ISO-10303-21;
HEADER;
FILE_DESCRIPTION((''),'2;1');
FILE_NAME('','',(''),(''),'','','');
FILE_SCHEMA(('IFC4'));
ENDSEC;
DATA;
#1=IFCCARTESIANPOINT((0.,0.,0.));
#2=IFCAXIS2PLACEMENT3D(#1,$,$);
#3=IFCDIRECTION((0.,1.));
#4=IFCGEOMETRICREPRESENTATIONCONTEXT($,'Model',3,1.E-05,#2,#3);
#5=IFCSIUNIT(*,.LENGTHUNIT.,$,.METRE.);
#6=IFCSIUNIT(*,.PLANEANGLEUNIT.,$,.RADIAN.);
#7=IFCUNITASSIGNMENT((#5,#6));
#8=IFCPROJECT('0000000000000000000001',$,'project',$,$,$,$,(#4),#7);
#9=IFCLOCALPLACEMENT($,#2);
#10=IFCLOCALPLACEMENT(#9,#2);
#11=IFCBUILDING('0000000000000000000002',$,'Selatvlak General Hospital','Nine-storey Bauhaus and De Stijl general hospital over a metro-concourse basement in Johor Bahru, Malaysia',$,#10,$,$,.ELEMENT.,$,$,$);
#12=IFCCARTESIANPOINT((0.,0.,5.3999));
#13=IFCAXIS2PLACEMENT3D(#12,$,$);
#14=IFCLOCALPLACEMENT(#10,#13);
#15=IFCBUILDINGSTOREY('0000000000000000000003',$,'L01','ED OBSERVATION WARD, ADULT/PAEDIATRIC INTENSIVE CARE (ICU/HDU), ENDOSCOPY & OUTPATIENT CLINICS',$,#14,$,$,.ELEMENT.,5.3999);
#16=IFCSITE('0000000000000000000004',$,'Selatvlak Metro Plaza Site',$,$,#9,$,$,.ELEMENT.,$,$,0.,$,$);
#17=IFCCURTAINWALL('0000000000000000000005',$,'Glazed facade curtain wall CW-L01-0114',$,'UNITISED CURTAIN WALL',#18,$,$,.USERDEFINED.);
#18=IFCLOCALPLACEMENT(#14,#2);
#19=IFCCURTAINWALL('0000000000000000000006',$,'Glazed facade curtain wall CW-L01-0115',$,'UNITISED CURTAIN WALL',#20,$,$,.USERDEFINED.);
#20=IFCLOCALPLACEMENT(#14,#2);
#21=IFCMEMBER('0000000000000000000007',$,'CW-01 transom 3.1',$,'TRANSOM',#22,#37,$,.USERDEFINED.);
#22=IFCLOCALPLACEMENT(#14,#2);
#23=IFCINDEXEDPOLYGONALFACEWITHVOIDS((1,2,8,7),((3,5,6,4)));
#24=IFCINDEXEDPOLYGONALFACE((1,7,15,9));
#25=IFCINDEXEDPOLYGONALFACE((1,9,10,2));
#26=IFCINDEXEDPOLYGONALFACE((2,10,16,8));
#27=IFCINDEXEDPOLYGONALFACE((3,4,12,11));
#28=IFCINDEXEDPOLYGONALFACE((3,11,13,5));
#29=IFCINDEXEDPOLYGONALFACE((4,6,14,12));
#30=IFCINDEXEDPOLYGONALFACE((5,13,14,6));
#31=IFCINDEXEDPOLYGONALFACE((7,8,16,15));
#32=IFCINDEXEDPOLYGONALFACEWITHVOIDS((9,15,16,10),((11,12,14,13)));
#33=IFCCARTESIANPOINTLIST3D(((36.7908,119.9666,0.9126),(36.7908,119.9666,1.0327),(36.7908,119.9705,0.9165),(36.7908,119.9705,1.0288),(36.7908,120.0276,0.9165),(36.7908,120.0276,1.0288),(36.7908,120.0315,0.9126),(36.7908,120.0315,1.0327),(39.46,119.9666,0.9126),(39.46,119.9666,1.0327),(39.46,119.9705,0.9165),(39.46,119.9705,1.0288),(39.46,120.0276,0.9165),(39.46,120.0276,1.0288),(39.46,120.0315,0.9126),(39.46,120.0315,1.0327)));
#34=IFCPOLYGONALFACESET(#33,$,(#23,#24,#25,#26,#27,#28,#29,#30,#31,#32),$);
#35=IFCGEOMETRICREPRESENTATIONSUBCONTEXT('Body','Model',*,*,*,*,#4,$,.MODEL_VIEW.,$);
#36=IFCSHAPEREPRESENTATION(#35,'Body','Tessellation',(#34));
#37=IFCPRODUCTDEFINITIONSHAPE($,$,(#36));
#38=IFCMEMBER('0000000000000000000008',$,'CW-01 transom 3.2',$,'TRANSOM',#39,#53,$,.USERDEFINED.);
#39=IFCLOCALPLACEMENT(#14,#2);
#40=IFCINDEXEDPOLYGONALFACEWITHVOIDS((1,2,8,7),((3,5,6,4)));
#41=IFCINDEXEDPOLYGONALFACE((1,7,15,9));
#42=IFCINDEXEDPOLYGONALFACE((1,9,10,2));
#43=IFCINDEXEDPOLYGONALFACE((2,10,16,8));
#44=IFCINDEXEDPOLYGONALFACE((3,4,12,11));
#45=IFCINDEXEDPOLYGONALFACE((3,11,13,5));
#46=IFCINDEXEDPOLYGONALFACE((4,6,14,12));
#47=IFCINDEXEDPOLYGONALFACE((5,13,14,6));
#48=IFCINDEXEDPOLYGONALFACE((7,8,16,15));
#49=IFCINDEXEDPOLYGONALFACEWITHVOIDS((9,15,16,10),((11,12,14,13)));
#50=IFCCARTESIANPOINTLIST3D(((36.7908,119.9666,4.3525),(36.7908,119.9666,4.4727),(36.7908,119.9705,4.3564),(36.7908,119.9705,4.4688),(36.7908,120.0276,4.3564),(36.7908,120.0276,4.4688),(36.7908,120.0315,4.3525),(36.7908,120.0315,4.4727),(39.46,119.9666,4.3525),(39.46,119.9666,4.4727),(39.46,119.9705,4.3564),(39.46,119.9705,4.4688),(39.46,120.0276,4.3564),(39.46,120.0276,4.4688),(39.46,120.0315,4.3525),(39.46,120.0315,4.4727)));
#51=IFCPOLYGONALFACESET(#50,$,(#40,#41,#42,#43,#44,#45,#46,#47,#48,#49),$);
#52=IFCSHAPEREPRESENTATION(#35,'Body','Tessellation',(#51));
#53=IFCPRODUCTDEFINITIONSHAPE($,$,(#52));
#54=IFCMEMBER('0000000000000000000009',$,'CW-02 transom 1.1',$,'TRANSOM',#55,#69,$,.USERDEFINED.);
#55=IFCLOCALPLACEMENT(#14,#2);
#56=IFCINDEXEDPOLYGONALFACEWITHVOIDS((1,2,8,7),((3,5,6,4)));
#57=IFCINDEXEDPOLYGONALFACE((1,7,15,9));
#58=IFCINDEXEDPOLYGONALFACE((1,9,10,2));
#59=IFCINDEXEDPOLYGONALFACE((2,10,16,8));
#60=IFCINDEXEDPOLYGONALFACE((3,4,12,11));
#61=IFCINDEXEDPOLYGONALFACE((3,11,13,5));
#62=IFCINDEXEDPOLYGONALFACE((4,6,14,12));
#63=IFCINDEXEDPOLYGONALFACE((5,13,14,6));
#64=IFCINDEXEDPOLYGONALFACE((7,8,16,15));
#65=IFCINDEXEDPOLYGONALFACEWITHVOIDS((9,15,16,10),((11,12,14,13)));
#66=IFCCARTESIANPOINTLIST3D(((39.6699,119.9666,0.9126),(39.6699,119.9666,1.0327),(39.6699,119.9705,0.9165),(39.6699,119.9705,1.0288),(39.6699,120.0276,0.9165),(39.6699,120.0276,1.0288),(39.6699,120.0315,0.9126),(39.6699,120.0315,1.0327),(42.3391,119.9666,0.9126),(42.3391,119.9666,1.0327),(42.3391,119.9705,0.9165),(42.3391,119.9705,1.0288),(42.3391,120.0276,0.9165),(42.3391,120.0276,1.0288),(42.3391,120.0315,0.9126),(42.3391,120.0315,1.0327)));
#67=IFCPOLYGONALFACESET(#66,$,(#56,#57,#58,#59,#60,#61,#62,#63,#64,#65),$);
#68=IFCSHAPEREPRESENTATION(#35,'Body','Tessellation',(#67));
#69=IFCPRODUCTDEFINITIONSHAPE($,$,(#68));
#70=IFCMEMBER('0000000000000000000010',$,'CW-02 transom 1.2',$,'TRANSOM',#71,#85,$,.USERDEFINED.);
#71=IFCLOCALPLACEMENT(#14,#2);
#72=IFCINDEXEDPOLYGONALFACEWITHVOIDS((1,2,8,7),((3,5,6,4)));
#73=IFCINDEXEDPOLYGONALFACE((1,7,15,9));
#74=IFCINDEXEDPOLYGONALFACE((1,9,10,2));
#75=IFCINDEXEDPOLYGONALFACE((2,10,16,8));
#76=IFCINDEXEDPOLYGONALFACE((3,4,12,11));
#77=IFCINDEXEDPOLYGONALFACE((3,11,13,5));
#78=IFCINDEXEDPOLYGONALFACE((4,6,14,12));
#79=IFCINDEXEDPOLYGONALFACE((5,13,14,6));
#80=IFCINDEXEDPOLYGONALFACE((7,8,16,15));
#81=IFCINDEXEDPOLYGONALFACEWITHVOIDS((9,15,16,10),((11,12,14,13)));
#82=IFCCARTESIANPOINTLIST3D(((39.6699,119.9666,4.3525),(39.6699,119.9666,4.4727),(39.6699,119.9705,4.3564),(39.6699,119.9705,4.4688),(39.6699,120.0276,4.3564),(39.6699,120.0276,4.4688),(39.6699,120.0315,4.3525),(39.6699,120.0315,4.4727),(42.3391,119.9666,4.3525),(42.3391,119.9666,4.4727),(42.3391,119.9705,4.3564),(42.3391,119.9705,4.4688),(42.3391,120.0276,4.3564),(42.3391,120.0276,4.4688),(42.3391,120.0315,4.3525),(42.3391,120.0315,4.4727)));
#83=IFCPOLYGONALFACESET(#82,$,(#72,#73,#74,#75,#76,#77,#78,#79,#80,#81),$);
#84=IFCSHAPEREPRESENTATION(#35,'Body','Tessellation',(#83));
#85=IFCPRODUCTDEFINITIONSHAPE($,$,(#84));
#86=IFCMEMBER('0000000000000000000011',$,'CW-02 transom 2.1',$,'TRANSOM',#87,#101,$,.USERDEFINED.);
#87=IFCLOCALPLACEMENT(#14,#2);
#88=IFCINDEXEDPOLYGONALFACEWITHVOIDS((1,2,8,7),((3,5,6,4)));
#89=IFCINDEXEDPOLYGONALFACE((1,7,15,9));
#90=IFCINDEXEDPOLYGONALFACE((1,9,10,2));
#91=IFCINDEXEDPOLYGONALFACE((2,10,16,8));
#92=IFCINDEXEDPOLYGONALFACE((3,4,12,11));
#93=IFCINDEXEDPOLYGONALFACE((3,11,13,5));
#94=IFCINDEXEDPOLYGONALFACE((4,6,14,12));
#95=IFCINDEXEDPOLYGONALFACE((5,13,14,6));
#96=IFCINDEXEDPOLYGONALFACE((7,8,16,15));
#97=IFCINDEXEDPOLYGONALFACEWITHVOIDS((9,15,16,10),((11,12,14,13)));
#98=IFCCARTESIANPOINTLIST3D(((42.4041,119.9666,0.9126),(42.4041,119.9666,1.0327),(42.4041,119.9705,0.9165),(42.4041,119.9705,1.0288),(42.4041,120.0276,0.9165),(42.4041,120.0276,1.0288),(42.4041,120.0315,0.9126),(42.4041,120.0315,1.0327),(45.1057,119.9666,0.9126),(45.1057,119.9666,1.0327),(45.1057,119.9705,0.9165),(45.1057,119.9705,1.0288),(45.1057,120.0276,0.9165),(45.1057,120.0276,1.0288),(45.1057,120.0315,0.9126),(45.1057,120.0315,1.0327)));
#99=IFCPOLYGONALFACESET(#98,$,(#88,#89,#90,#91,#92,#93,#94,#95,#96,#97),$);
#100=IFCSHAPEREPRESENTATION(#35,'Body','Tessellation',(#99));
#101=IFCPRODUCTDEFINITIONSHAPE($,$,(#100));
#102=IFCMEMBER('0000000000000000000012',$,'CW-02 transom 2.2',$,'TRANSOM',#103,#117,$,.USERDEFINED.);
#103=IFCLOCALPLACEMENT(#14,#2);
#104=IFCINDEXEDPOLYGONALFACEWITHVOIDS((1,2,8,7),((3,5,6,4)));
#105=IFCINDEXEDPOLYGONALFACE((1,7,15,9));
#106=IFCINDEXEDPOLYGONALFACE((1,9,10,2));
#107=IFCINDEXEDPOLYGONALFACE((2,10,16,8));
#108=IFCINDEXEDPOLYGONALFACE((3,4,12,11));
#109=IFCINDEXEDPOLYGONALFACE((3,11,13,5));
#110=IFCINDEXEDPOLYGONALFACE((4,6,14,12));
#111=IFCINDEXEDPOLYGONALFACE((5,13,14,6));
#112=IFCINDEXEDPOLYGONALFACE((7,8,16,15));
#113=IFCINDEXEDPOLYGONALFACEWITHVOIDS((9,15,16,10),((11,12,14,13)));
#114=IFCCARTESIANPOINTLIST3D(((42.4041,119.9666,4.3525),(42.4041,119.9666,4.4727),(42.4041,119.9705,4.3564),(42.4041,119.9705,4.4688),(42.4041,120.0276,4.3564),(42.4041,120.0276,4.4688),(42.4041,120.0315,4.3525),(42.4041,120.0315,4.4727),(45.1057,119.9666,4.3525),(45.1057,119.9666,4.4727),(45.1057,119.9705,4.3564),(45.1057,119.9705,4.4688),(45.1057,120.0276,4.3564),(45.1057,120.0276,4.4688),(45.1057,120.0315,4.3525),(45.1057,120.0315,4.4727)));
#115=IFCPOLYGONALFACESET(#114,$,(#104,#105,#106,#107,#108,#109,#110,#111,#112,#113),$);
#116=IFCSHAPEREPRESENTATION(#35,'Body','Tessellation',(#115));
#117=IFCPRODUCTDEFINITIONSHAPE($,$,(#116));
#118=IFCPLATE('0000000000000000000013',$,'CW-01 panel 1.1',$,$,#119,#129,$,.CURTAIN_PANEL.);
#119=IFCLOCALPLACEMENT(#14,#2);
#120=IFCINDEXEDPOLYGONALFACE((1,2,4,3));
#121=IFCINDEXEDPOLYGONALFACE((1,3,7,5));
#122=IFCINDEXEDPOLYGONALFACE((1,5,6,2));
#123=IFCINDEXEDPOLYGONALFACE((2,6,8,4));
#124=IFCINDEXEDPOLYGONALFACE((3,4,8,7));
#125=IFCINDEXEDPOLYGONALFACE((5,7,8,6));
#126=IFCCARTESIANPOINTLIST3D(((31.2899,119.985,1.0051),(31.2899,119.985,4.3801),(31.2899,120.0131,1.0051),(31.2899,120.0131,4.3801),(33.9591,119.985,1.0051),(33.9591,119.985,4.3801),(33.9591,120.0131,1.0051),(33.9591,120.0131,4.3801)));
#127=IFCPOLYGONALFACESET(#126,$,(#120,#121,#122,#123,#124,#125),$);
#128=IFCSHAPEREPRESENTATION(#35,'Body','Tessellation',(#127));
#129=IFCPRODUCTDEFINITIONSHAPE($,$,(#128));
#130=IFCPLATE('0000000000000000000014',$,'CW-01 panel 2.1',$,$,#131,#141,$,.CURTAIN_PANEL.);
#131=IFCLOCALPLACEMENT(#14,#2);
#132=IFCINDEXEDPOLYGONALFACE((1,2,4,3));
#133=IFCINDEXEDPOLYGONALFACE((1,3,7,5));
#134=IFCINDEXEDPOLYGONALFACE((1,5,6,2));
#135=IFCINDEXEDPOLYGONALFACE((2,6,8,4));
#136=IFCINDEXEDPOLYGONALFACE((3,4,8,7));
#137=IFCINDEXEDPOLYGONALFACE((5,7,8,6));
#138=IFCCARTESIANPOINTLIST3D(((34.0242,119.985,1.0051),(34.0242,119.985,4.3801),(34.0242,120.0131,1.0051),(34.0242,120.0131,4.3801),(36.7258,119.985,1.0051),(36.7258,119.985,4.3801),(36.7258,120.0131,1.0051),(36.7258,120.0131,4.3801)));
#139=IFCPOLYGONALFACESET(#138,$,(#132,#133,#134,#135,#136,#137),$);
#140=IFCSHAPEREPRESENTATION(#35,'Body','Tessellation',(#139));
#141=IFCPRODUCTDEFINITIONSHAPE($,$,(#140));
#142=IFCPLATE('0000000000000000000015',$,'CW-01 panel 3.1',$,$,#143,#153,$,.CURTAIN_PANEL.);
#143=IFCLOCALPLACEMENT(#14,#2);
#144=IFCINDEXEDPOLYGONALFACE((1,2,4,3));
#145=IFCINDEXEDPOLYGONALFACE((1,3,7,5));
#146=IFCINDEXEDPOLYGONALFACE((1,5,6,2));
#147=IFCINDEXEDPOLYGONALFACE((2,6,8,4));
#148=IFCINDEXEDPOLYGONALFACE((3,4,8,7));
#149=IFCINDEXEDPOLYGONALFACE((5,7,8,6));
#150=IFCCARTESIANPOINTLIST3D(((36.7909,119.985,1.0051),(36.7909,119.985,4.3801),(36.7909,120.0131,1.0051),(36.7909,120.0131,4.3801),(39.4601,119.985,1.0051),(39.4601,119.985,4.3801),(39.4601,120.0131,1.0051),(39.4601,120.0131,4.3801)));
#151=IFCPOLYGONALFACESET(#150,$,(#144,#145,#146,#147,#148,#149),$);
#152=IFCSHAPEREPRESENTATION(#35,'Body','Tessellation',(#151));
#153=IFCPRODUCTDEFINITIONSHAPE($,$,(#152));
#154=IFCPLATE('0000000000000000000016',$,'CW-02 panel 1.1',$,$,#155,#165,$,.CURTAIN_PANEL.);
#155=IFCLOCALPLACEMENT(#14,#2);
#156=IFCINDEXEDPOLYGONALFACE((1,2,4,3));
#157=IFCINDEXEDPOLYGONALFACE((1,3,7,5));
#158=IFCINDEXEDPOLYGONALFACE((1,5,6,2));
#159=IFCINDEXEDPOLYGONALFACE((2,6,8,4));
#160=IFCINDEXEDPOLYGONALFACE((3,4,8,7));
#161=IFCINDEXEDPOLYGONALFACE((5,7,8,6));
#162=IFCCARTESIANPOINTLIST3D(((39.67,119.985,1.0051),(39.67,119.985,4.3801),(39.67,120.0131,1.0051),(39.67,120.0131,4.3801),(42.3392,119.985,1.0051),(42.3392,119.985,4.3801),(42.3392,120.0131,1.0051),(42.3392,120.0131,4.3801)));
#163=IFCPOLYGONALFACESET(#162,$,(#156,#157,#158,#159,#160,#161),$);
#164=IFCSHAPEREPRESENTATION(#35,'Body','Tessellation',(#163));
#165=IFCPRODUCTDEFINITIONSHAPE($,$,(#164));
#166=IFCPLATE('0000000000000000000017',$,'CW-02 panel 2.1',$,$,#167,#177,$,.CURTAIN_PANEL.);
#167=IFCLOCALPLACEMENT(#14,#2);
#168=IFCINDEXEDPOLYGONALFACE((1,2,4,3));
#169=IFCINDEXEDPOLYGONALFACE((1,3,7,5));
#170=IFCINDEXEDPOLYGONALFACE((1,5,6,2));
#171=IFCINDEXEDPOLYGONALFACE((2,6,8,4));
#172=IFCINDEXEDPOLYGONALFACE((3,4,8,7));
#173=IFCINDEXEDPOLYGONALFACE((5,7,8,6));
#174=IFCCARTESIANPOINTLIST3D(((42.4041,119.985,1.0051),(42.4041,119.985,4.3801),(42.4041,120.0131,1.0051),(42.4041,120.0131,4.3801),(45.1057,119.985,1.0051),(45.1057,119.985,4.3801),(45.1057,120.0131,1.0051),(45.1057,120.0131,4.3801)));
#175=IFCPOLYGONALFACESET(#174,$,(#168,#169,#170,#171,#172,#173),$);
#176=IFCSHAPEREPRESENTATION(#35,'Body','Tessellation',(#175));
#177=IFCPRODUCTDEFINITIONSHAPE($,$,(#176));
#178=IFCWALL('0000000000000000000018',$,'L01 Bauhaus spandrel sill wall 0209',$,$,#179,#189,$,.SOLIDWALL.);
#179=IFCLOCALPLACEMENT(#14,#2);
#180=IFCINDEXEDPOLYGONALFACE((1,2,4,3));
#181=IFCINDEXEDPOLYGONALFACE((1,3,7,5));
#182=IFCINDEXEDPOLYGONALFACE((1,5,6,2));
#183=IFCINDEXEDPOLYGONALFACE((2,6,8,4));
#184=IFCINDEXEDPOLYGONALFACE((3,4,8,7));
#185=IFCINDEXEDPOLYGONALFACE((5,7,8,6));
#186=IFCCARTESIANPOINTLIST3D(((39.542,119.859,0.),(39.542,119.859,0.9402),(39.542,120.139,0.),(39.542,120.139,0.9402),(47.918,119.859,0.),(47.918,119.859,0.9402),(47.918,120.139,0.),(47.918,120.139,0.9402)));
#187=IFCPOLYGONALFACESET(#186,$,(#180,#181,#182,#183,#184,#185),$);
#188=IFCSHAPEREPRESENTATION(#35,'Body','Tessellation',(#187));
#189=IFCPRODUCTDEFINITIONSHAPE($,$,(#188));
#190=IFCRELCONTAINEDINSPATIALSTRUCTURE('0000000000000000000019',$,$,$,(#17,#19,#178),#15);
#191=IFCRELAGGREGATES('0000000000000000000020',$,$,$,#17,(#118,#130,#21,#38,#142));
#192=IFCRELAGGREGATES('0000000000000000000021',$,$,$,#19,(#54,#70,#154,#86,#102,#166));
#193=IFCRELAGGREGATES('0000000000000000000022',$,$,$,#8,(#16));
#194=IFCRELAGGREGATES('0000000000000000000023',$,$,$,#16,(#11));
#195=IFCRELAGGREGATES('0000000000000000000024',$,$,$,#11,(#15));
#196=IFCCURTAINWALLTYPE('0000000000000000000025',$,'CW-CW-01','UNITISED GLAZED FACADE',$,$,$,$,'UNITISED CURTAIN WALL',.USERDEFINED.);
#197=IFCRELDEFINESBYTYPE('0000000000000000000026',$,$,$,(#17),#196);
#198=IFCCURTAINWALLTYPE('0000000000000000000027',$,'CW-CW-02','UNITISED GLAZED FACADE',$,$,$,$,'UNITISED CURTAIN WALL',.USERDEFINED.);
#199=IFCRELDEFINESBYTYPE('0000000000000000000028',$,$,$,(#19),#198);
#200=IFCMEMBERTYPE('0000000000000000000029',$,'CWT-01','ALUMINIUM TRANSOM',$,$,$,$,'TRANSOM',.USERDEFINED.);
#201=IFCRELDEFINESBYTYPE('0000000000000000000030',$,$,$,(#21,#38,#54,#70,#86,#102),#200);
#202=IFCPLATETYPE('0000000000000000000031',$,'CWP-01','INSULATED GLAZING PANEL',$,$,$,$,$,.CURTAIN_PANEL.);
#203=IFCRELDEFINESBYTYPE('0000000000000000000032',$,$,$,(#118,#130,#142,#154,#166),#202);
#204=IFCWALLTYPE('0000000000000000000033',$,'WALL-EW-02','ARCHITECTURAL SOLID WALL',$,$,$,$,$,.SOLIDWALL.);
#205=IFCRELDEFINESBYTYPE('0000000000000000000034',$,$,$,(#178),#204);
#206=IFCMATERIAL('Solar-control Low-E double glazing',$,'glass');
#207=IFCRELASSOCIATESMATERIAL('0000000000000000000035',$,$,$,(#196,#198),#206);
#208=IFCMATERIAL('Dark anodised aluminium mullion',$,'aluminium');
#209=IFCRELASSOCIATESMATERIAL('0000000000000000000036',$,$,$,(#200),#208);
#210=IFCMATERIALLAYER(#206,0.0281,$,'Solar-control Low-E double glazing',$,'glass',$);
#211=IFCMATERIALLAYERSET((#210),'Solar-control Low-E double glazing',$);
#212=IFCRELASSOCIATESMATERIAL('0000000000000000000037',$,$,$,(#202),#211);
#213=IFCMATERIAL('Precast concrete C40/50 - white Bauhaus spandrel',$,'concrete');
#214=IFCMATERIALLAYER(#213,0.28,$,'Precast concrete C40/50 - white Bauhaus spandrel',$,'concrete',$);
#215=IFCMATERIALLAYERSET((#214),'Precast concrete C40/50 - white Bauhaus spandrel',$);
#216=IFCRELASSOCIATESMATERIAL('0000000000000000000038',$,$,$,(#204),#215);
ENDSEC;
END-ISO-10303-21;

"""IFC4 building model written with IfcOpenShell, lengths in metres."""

from ifc_helpers import new_model, si_unit, direction, frame, frame_2d, origin, origin_2d, place, context, subcontext, project, spatial, rectangle, hollow_rectangle, extrude, material, layer, layer_set, material_profile, profile_set, type_object, element, aggregate, save


model = new_model("IFC4")

# Units and contexts
model_context = context("Model", 3, precision=1e-05, world=origin(), true_north=direction((0.0, 1.0)))
body_context = subcontext(model_context, "Body", "Model", "MODEL_VIEW")
ifc_project = project(units=[si_unit("LENGTHUNIT", "METRE"), si_unit("PLANEANGLEUNIT", "RADIAN")], contexts=[model_context])

# Site, building, storey
site_placement = place(None, origin())
site = spatial("IfcSite", under=ifc_project, at=site_placement, Name="Selatvlak Metro Plaza Site", CompositionType="ELEMENT", RefElevation=0.0)
building_placement = place(site_placement, origin())
building = spatial("IfcBuilding", under=site, at=building_placement, Name="Selatvlak General Hospital", Description="Nine-storey Bauhaus and De Stijl general hospital over a metro-concourse basement in Johor Bahru, Malaysia", CompositionType="ELEMENT")
storey_placement = place(building_placement, frame((0.0, 0.0, 5.3999)))
storey = spatial("IfcBuildingStorey", under=building, at=storey_placement, Name="L01", Description="ED OBSERVATION WARD, ADULT/PAEDIATRIC INTENSIVE CARE (ICU/HDU), ENDOSCOPY & OUTPATIENT CLINICS", CompositionType="ELEMENT", Elevation=5.3999)

# Curtain walls
ifc_material_1 = material(Name="Solar-control Low-E double glazing", Category="glass")
curtain_wall_type_1 = type_object("IfcCurtainWallType", Name="CW-CW-01", Description="UNITISED GLAZED FACADE", ElementType="UNITISED CURTAIN WALL", PredefinedType="USERDEFINED", material=ifc_material_1)
curtain_wall_1_placement = place(storey_placement, origin())
curtain_wall_1 = element("IfcCurtainWall", 1, at=curtain_wall_1_placement, inside=storey, type_object=curtain_wall_type_1, Name="Glazed facade curtain wall CW-L01-0114", ObjectType="UNITISED CURTAIN WALL", PredefinedType="USERDEFINED")
ifc_material_2 = material(Name="Dark anodised aluminium mullion", Category="aluminium")
curtain_wall_type_2 = type_object("IfcCurtainWallType", Name="CW-CW-02", Description="UNITISED GLAZED FACADE", ElementType="UNITISED CURTAIN WALL", PredefinedType="USERDEFINED", material=ifc_material_1)
curtain_wall_2_placement = place(storey_placement, origin())
curtain_wall_2 = element("IfcCurtainWall", 2, at=curtain_wall_2_placement, inside=storey, type_object=curtain_wall_type_2, Name="Glazed facade curtain wall CW-L01-0115", ObjectType="UNITISED CURTAIN WALL", PredefinedType="USERDEFINED")

# Members
ifc_material_profile_1 = material_profile(ifc_material_2, hollow_rectangle(XDim=0.0649, YDim=0.1201, WallThickness=0.0039, at=origin_2d()), Name="AL-TRN 65x120x4")
ifc_profile_set_1 = profile_set([ifc_material_profile_1], Name="Dark anodised aluminium mullion")
member_type_1 = type_object("IfcMemberType", Name="CWT-01", Description="ALUMINIUM TRANSOM", ElementType="TRANSOM", PredefinedType="USERDEFINED", material=ifc_profile_set_1)
member_1_placement = place(storey_placement, frame((36.7908, 119.999, 0.9727), z_axis=(1.0, 0.0, 0.0), x_axis=(0.0, 1.0, 0.0)))
member_1 = element("IfcMember", 3, at=member_1_placement, type_object=member_type_1, Name="CW-01 transom 3.1", ObjectType="TRANSOM", PredefinedType="USERDEFINED", context=body_context, shape_type="SweptSolid", body=[
    extrude(hollow_rectangle(XDim=0.0649, YDim=0.1201, WallThickness=0.0039, at=origin_2d()), origin(), (0.0, 0.0, 1.0), 2.6692),
])
member_2_placement = place(storey_placement, frame((36.7908, 119.999, 4.4126), z_axis=(1.0, 0.0, 0.0), x_axis=(0.0, 1.0, 0.0)))
member_2 = element("IfcMember", 4, at=member_2_placement, type_object=member_type_1, Name="CW-01 transom 3.2", ObjectType="TRANSOM", PredefinedType="USERDEFINED", context=body_context, shape_type="SweptSolid", body=[
    extrude(hollow_rectangle(XDim=0.0649, YDim=0.1201, WallThickness=0.0039, at=origin_2d()), origin(), (0.0, 0.0, 1.0), 2.6692),
])
member_3_placement = place(storey_placement, frame((39.6699, 119.999, 0.9727), z_axis=(1.0, 0.0, 0.0), x_axis=(0.0, 1.0, 0.0)))
member_3 = element("IfcMember", 5, at=member_3_placement, type_object=member_type_1, Name="CW-02 transom 1.1", ObjectType="TRANSOM", PredefinedType="USERDEFINED", context=body_context, shape_type="SweptSolid", body=[
    extrude(hollow_rectangle(XDim=0.0649, YDim=0.1201, WallThickness=0.0039, at=origin_2d()), origin(), (0.0, 0.0, 1.0), 2.6692),
])
member_4_placement = place(storey_placement, frame((39.6699, 119.999, 4.4126), z_axis=(1.0, 0.0, 0.0), x_axis=(0.0, 1.0, 0.0)))
member_4 = element("IfcMember", 6, at=member_4_placement, type_object=member_type_1, Name="CW-02 transom 1.2", ObjectType="TRANSOM", PredefinedType="USERDEFINED", context=body_context, shape_type="SweptSolid", body=[
    extrude(hollow_rectangle(XDim=0.0649, YDim=0.1201, WallThickness=0.0039, at=origin_2d()), origin(), (0.0, 0.0, 1.0), 2.6692),
])
member_5_placement = place(storey_placement, frame((42.4041, 119.999, 0.9727), z_axis=(1.0, 0.0, 0.0), x_axis=(0.0, 1.0, 0.0)))
member_5 = element("IfcMember", 7, at=member_5_placement, type_object=member_type_1, Name="CW-02 transom 2.1", ObjectType="TRANSOM", PredefinedType="USERDEFINED", context=body_context, shape_type="SweptSolid", body=[
    extrude(hollow_rectangle(XDim=0.0649, YDim=0.1201, WallThickness=0.0039, at=origin_2d()), origin(), (0.0, 0.0, 1.0), 2.7017),
])
member_6_placement = place(storey_placement, frame((42.4041, 119.999, 4.4126), z_axis=(1.0, 0.0, 0.0), x_axis=(0.0, 1.0, 0.0)))
member_6 = element("IfcMember", 8, at=member_6_placement, type_object=member_type_1, Name="CW-02 transom 2.2", ObjectType="TRANSOM", PredefinedType="USERDEFINED", context=body_context, shape_type="SweptSolid", body=[
    extrude(hollow_rectangle(XDim=0.0649, YDim=0.1201, WallThickness=0.0039, at=origin_2d()), origin(), (0.0, 0.0, 1.0), 2.7017),
])

# Plates
ifc_layer_1 = layer(ifc_material_1, 0.0281, Name="Solar-control Low-E double glazing", Category="glass")
ifc_layer_set_1 = layer_set([ifc_layer_1], Name="Solar-control Low-E double glazing")
plate_type = type_object("IfcPlateType", Name="CWP-01", Description="INSULATED GLAZING PANEL", PredefinedType="CURTAIN_PANEL", material=ifc_layer_set_1)
plate_1_placement = place(storey_placement, frame((32.6245, 119.999, 1.0051), z_axis=(0.0, 0.0, 1.0), x_axis=(1.0, 0.0, 0.0)))
plate_1 = element("IfcPlate", 9, at=plate_1_placement, type_object=plate_type, Name="CW-01 panel 1.1", PredefinedType="CURTAIN_PANEL", context=body_context, shape_type="SweptSolid", body=[
    extrude(rectangle(XDim=2.6692, YDim=0.0281, at=origin_2d()), origin(), (0.0, 0.0, 1.0), 3.375),
])
plate_2_placement = place(storey_placement, frame((35.375, 119.999, 1.0051), z_axis=(0.0, 0.0, 1.0), x_axis=(1.0, 0.0, 0.0)))
plate_2 = element("IfcPlate", 10, at=plate_2_placement, type_object=plate_type, Name="CW-01 panel 2.1", PredefinedType="CURTAIN_PANEL", context=body_context, shape_type="SweptSolid", body=[
    extrude(rectangle(XDim=2.7017, YDim=0.0281, at=origin_2d()), origin(), (0.0, 0.0, 1.0), 3.375),
])
plate_3_placement = place(storey_placement, frame((38.1255, 119.999, 1.0051), z_axis=(0.0, 0.0, 1.0), x_axis=(1.0, 0.0, 0.0)))
plate_3 = element("IfcPlate", 11, at=plate_3_placement, type_object=plate_type, Name="CW-01 panel 3.1", PredefinedType="CURTAIN_PANEL", context=body_context, shape_type="SweptSolid", body=[
    extrude(rectangle(XDim=2.6692, YDim=0.0281, at=origin_2d()), origin(), (0.0, 0.0, 1.0), 3.375),
])
aggregate(curtain_wall_1, [plate_1, plate_2, member_1, member_2, plate_3])
plate_4_placement = place(storey_placement, frame((41.0046, 119.999, 1.0051), z_axis=(0.0, 0.0, 1.0), x_axis=(1.0, 0.0, 0.0)))
plate_4 = element("IfcPlate", 12, at=plate_4_placement, type_object=plate_type, Name="CW-02 panel 1.1", PredefinedType="CURTAIN_PANEL", context=body_context, shape_type="SweptSolid", body=[
    extrude(rectangle(XDim=2.6692, YDim=0.0281, at=origin_2d()), origin(), (0.0, 0.0, 1.0), 3.375),
])
plate_5_placement = place(storey_placement, frame((43.7549, 119.999, 1.0051), z_axis=(0.0, 0.0, 1.0), x_axis=(1.0, 0.0, 0.0)))
plate_5 = element("IfcPlate", 13, at=plate_5_placement, type_object=plate_type, Name="CW-02 panel 2.1", PredefinedType="CURTAIN_PANEL", context=body_context, shape_type="SweptSolid", body=[
    extrude(rectangle(XDim=2.7017, YDim=0.0281, at=origin_2d()), origin(), (0.0, 0.0, 1.0), 3.375),
])
aggregate(curtain_wall_2, [member_3, member_4, plate_4, member_5, member_6, plate_5])

# Wall
ifc_material_3 = material(Name="Precast concrete C40/50 - white Bauhaus spandrel", Category="concrete")
ifc_layer_2 = layer(ifc_material_3, 0.28, Name="Precast concrete C40/50 - white Bauhaus spandrel", Category="concrete")
ifc_layer_set_2 = layer_set([ifc_layer_2], Name="Precast concrete C40/50 - white Bauhaus spandrel")
wall_type = type_object("IfcWallType", Name="WALL-EW-02", Description="ARCHITECTURAL SOLID WALL", PredefinedType="SOLIDWALL", material=ifc_layer_set_2)
wall_placement = place(storey_placement, frame((39.542, 119.999, 0.0), z_axis=(0.0, 0.0, 1.0), x_axis=(1.0, 0.0, 0.0)))
element("IfcWall", 14, at=wall_placement, inside=storey, type_object=wall_type, Name="L01 Bauhaus spandrel sill wall 0209", PredefinedType="SOLIDWALL", context=body_context, shape_type="SweptSolid", body=[
    extrude(rectangle(XDim=8.376, YDim=0.28, at=frame_2d((4.188, 0.0))), origin(), (0.0, 0.0, 1.0), 0.9402),
])

save(model, "model.ifc")
